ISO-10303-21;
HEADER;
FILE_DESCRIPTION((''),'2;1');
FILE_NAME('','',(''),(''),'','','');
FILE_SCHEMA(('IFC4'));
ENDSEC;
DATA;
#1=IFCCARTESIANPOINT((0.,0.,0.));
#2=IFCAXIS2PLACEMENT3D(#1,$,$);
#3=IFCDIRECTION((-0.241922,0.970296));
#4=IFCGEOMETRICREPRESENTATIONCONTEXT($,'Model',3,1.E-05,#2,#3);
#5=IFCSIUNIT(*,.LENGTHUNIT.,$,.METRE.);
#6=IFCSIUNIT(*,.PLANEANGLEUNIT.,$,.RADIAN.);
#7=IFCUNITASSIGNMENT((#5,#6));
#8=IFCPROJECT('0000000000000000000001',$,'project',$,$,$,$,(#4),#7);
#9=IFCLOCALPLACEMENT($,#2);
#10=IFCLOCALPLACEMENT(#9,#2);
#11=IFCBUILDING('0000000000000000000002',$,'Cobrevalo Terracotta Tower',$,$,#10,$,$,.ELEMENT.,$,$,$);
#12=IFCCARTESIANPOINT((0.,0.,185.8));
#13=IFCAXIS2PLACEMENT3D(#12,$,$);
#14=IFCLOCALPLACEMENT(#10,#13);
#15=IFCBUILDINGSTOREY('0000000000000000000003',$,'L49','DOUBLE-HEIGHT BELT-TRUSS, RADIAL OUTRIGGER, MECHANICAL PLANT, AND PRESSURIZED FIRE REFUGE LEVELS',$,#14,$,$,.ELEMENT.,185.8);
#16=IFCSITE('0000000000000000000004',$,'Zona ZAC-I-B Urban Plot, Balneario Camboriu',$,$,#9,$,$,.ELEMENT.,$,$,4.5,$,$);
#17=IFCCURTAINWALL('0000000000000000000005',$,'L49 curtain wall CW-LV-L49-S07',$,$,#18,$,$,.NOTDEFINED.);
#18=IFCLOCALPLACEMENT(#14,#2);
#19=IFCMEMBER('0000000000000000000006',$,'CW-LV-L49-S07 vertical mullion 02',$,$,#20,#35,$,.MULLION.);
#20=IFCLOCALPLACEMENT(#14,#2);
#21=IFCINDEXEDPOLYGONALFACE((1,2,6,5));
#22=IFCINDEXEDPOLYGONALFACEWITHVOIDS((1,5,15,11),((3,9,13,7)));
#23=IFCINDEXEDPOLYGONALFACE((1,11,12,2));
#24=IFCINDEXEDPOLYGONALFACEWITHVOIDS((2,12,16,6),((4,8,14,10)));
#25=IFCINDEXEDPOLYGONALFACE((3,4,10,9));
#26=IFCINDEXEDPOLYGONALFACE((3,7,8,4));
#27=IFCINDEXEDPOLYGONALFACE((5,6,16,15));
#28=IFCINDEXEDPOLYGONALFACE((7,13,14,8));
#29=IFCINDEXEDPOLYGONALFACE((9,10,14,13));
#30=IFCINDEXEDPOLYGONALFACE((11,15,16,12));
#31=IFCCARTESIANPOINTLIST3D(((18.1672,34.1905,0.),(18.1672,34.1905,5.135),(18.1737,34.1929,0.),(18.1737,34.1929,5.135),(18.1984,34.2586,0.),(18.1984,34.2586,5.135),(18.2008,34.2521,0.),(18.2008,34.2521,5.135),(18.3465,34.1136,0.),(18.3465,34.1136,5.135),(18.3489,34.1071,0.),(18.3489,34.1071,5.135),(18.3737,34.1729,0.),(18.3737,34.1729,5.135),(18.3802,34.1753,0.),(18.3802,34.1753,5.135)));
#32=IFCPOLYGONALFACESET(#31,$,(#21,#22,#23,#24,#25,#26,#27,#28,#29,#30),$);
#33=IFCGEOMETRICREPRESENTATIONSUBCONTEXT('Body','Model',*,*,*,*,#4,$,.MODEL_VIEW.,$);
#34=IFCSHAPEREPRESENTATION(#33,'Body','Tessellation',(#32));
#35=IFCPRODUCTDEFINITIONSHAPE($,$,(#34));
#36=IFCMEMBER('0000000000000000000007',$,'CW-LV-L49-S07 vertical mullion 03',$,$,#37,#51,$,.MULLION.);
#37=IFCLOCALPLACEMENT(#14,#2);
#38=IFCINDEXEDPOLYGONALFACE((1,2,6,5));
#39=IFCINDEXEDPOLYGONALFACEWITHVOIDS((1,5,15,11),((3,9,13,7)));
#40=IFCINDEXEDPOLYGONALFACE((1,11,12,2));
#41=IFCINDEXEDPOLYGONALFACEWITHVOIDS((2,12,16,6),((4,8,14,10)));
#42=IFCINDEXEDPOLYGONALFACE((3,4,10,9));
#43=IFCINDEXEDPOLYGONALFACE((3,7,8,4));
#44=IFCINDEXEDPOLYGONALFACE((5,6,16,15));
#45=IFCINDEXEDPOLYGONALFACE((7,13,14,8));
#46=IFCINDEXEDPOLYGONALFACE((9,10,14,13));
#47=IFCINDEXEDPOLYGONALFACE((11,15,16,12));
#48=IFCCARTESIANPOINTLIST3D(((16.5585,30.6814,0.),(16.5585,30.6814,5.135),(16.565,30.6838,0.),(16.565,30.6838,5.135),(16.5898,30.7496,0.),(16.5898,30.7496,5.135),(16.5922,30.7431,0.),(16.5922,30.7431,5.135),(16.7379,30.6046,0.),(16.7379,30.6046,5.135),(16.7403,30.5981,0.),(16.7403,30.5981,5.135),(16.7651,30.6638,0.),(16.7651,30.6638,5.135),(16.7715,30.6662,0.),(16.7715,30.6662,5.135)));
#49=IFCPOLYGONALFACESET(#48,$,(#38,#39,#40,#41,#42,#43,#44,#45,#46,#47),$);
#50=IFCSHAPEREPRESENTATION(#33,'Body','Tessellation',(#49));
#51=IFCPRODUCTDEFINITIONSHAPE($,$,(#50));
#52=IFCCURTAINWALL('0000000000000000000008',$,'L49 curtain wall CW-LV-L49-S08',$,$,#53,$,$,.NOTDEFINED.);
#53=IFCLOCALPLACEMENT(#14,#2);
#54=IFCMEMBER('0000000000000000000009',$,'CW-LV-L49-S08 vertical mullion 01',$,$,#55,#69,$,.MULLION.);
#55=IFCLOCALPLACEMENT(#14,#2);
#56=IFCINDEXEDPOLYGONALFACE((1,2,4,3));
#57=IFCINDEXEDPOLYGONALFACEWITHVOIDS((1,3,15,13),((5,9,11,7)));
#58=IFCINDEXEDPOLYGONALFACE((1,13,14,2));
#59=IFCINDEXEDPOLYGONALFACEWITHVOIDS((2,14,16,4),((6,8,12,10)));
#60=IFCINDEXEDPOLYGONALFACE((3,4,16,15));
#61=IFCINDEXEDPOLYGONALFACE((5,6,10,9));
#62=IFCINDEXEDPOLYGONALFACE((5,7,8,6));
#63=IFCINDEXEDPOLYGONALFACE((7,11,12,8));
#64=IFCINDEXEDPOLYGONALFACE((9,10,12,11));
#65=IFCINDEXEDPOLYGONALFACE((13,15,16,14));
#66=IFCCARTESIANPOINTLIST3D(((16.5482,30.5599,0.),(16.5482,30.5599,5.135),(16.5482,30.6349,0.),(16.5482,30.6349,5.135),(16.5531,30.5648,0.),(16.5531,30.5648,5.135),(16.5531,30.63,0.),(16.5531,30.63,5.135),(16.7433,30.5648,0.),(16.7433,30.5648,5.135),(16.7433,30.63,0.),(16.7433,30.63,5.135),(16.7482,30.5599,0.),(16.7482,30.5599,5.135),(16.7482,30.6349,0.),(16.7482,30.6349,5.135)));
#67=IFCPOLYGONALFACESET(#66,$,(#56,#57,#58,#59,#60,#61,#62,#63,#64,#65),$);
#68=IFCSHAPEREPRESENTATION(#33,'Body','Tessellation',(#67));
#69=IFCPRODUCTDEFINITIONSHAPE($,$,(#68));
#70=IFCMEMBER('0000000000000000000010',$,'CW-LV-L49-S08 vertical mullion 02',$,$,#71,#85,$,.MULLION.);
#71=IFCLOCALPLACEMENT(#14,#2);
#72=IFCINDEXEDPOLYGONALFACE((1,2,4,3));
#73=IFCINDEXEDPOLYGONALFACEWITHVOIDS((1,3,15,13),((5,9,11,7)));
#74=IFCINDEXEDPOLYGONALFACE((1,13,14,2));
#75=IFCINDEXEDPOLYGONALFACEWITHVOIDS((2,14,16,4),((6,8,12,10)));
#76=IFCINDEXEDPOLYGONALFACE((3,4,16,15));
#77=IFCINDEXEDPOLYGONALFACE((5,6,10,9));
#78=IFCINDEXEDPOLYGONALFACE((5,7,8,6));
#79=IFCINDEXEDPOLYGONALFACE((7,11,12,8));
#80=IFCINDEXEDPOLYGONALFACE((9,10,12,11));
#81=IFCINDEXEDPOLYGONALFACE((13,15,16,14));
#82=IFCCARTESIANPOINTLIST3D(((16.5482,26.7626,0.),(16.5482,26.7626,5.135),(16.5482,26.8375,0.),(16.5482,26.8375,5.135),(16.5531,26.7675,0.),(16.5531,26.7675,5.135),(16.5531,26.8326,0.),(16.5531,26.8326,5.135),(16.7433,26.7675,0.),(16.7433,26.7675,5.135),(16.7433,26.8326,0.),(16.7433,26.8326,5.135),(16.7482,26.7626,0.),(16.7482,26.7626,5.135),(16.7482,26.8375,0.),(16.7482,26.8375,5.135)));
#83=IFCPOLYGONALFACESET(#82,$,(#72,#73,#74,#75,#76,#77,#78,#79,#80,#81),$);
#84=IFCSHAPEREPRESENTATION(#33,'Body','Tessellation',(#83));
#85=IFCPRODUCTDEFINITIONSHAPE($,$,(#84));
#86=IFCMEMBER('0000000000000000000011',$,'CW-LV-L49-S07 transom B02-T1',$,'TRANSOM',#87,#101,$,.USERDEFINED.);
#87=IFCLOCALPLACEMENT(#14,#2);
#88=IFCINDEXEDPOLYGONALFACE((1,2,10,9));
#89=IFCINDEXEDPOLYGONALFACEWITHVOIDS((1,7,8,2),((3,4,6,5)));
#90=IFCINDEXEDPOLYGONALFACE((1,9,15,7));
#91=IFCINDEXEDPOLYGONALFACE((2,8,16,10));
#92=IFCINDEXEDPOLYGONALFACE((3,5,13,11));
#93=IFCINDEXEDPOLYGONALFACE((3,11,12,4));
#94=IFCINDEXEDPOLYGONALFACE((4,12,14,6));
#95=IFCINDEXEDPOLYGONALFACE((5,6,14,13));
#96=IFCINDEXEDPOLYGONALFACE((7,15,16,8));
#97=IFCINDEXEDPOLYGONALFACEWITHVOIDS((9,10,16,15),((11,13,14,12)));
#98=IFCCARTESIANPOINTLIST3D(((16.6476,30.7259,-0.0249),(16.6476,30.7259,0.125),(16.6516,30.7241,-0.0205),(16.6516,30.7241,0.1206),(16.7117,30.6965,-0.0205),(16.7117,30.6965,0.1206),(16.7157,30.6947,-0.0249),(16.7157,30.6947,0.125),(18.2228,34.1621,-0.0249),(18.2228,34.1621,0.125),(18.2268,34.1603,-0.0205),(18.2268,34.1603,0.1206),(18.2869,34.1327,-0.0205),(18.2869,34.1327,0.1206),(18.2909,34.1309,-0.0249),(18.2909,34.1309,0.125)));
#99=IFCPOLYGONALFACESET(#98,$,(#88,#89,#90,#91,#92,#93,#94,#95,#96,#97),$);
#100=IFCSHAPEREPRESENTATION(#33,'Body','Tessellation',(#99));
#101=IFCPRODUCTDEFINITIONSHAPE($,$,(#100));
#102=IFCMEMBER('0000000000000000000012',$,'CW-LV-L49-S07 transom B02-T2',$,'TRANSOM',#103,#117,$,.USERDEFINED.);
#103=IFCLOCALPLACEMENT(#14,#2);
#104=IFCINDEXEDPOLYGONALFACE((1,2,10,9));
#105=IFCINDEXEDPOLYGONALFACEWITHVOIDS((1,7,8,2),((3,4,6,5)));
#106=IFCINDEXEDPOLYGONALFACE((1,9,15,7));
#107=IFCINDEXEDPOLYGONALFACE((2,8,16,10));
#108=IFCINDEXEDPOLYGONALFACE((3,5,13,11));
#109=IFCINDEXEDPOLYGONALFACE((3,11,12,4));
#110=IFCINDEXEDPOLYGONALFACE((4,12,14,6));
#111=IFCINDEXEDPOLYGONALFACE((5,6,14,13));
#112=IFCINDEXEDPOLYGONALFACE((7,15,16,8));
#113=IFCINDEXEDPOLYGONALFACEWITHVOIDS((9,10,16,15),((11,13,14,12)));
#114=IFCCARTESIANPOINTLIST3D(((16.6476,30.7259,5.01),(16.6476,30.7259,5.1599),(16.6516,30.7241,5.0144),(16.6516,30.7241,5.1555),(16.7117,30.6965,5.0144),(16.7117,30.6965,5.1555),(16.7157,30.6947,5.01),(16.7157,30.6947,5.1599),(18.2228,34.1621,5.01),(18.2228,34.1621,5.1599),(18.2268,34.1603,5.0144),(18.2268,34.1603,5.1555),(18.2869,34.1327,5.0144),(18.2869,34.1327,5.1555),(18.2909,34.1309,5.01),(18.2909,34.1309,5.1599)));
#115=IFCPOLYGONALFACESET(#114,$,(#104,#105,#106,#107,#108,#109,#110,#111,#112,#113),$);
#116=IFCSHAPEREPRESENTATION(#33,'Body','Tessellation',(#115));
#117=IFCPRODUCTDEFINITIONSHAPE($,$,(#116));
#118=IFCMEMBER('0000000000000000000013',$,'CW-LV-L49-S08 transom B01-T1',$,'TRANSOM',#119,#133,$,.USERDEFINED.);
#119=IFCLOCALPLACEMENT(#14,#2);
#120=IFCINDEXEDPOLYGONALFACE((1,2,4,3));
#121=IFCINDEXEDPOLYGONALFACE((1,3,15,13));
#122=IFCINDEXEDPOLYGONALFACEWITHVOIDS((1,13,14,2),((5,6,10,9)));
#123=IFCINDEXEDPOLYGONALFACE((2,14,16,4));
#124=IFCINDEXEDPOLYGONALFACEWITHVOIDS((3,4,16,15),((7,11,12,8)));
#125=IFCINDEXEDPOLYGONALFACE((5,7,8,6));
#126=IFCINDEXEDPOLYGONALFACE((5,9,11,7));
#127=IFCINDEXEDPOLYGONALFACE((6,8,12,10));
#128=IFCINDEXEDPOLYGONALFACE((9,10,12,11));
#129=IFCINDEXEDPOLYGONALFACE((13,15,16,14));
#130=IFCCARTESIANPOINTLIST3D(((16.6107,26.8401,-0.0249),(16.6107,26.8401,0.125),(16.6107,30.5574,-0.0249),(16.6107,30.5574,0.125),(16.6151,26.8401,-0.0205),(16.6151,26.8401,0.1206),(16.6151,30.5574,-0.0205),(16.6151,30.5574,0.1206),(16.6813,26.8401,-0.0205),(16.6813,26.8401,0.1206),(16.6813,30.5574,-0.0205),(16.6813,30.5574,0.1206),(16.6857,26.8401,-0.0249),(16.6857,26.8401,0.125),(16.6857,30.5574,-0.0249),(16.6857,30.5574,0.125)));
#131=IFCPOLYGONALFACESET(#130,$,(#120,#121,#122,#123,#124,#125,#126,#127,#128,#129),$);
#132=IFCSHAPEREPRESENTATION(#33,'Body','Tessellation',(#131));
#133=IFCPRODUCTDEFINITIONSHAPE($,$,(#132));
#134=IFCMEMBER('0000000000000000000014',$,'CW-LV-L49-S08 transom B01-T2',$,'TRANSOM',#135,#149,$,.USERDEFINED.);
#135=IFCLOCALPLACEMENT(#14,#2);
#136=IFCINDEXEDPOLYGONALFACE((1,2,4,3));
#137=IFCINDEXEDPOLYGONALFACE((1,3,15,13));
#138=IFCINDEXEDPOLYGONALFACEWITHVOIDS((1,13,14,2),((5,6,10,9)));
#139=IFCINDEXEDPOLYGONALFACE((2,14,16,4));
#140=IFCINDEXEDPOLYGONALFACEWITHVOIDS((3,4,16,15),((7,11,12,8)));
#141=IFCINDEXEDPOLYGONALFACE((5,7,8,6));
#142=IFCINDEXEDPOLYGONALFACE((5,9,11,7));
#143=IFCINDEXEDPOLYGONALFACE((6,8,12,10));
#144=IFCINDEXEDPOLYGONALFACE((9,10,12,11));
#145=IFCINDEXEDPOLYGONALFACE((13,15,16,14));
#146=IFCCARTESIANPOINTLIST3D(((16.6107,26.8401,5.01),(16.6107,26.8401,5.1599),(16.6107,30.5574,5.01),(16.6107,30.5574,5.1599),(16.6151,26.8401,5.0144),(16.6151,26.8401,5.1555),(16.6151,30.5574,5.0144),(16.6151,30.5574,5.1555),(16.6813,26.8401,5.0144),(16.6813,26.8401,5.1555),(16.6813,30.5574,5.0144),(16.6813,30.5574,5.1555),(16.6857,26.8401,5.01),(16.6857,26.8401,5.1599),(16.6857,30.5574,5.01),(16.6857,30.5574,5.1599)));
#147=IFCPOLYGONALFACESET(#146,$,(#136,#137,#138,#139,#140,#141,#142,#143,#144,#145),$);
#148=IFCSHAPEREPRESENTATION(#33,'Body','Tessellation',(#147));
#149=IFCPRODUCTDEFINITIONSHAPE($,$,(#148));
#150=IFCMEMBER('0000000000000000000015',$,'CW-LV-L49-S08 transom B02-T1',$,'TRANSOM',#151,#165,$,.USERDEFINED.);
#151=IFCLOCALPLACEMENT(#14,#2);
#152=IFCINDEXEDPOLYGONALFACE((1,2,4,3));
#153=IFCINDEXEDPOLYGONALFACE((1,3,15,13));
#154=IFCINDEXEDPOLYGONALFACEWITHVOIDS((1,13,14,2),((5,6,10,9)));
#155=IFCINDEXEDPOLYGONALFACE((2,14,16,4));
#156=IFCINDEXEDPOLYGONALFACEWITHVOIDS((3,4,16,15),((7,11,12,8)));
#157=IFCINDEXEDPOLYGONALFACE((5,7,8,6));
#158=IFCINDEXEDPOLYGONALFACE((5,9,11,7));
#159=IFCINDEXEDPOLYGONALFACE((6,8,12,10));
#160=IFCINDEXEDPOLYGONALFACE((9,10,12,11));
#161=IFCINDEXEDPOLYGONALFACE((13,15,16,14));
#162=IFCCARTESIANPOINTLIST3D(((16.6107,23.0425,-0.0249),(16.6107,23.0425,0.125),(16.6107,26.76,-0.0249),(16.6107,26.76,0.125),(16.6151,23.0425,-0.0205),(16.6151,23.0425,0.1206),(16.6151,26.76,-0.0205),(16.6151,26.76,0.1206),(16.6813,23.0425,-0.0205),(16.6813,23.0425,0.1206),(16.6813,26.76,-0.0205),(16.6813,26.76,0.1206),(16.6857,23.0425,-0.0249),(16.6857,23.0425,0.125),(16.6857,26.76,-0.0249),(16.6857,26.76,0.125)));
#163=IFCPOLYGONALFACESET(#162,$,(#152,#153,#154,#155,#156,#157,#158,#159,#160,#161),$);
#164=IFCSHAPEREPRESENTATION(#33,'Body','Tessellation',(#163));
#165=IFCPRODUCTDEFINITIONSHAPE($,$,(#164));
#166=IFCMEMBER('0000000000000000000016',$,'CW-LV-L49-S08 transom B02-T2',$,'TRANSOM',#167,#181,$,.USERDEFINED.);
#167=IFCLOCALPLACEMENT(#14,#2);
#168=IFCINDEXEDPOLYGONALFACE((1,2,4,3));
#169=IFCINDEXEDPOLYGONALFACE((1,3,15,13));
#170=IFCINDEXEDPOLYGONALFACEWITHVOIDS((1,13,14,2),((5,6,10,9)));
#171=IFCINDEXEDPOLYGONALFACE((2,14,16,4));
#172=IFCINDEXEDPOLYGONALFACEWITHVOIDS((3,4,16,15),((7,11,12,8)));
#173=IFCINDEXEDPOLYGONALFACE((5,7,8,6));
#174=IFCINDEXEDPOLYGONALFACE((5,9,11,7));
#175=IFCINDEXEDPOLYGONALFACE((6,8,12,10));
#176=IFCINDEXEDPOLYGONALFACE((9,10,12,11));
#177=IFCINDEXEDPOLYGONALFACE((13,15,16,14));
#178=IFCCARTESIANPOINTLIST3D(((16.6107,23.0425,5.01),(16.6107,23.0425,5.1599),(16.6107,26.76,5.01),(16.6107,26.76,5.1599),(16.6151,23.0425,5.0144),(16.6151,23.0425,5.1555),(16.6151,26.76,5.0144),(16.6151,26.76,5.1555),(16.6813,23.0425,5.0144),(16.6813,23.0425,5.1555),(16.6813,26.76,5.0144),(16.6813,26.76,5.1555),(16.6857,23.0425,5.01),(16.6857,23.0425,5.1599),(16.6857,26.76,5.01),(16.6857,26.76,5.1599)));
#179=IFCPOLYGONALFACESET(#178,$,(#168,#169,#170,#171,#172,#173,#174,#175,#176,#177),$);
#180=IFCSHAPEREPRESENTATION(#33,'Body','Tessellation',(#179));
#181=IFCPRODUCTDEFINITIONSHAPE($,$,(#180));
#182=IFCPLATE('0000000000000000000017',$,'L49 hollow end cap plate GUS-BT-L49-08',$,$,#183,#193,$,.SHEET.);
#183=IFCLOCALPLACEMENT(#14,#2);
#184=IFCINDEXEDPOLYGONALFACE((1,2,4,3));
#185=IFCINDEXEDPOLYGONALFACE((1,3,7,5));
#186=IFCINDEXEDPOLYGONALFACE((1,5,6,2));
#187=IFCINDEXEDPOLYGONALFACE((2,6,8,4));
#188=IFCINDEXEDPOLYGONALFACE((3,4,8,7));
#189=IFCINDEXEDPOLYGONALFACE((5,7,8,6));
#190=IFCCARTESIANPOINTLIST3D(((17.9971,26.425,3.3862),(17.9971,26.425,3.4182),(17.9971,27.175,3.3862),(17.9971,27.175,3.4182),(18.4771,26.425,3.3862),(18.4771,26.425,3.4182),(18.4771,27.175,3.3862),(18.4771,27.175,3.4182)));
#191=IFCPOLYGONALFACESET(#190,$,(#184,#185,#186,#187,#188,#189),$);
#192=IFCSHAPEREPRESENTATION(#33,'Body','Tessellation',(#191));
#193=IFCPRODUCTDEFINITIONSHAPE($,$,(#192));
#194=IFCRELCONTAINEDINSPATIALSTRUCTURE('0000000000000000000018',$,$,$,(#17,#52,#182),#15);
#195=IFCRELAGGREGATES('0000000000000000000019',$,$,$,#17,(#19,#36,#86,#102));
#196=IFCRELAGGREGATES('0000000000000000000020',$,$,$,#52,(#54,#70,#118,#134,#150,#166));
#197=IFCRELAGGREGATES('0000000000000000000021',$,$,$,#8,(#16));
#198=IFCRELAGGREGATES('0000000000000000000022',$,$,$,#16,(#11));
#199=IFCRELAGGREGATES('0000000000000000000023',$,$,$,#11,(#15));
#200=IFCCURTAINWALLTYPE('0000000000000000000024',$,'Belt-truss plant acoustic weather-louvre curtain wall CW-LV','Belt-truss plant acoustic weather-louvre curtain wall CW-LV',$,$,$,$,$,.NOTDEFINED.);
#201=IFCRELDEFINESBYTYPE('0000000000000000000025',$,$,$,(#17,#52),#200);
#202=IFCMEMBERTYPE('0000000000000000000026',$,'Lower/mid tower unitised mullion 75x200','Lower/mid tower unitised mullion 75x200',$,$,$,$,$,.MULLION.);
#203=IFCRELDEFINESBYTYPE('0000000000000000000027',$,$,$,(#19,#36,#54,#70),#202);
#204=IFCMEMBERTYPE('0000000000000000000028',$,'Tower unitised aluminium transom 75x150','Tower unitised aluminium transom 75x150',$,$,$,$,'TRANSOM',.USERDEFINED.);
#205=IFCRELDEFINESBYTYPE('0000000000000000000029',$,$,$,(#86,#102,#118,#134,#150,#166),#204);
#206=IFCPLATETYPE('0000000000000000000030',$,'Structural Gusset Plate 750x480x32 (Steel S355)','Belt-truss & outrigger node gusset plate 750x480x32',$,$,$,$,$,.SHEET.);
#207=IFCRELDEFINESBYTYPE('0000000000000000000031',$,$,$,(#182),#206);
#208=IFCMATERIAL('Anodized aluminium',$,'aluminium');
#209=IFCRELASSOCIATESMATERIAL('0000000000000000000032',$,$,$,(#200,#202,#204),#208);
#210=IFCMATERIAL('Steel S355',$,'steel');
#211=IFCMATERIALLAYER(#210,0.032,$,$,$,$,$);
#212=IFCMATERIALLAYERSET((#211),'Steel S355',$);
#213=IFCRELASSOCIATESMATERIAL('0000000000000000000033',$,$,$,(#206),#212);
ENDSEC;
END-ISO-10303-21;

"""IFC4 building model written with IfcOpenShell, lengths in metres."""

from ifc_helpers import new_model, si_unit, direction, frame, origin, origin_2d, place, context, subcontext, project, spatial, rectangle, hollow_rectangle, extrude, source, transform, mapped, material, layer, layer_set, material_profile, profile_set, type_object, element, aggregate, save


model = new_model("IFC4")

# Units and contexts
model_context = context("Model", 3, precision=1e-05, world=origin(), true_north=direction((-0.241922, 0.970296)))
body_context = subcontext(model_context, "Body", "Model", "MODEL_VIEW")
ifc_project = project(units=[si_unit("LENGTHUNIT", "METRE"), si_unit("PLANEANGLEUNIT", "RADIAN")], contexts=[model_context])

# Site, building, storey
site_placement = place(None, origin())
site = spatial("IfcSite", under=ifc_project, at=site_placement, Name="Zona ZAC-I-B Urban Plot, Balneario Camboriu", CompositionType="ELEMENT", RefElevation=4.5)
building_placement = place(site_placement, origin())
building = spatial("IfcBuilding", under=site, at=building_placement, Name="Cobrevalo Terracotta Tower", CompositionType="ELEMENT")
storey_placement = place(building_placement, frame((0.0, 0.0, 185.8)))
storey = spatial("IfcBuildingStorey", under=building, at=storey_placement, Name="L49", Description="DOUBLE-HEIGHT BELT-TRUSS, RADIAL OUTRIGGER, MECHANICAL PLANT, AND PRESSURIZED FIRE REFUGE LEVELS", CompositionType="ELEMENT", Elevation=185.8)

# Shared definitions
ifc_material_1 = material(Name="Steel S355", Category="steel")

# Curtain walls, members
ifc_material_2 = material(Name="Anodized aluminium", Category="aluminium")
curtain_wall_type = type_object("IfcCurtainWallType", Name="Belt-truss plant acoustic weather-louvre curtain wall CW-LV", Description="Belt-truss plant acoustic weather-louvre curtain wall CW-LV", PredefinedType="NOTDEFINED", material=ifc_material_2)
curtain_wall_1_placement = place(storey_placement, origin())
curtain_wall_1 = element("IfcCurtainWall", 1, at=curtain_wall_1_placement, inside=storey, type_object=curtain_wall_type, Name="L49 curtain wall CW-LV-L49-S07", PredefinedType="NOTDEFINED")
ifc_material_profile_1 = material_profile(ifc_material_2, hollow_rectangle(XDim=0.075, YDim=0.2, WallThickness=0.0049, at=origin_2d()), Name="CWM 75x200")
ifc_profile_set_1 = profile_set([ifc_material_profile_1], Name="Anodized aluminium")
member_type_1 = type_object("IfcMemberType", Name="Lower/mid tower unitised mullion 75x200", Description="Lower/mid tower unitised mullion 75x200", PredefinedType="MULLION", material=ifc_profile_set_1)
shared_shape_1 = source(origin(), body_context, "Body", "SweptSolid", [
    extrude(hollow_rectangle(XDim=0.075, YDim=0.2, WallThickness=0.0049, at=origin_2d()), origin(), (0.0, 0.0, 1.0), 5.135),
])
member_1_placement = place(storey_placement, frame((18.2737, 34.1829, 0.0), z_axis=(0.0, 0.0, 1.0), x_axis=(-0.416725, -0.909033, 0.0)))
member_1 = element("IfcMember", 2, at=member_1_placement, type_object=member_type_1, Name="CW-LV-L49-S07 vertical mullion 02", PredefinedType="MULLION", context=body_context, shape_type="MappedRepresentation", body=[
    mapped(shared_shape_1, transform((0.0, 0.0, 0.0), scale=1.0)),
])
member_2_placement = place(storey_placement, frame((16.665, 30.6738, 0.0), z_axis=(0.0, 0.0, 1.0), x_axis=(-0.416725, -0.909033, 0.0)))
member_2 = element("IfcMember", 3, at=member_2_placement, type_object=member_type_1, Name="CW-LV-L49-S07 vertical mullion 03", PredefinedType="MULLION", context=body_context, shape_type="MappedRepresentation", body=[
    mapped(shared_shape_1, transform((0.0, 0.0, 0.0), scale=1.0)),
])
curtain_wall_2_placement = place(storey_placement, origin())
curtain_wall_2 = element("IfcCurtainWall", 4, at=curtain_wall_2_placement, inside=storey, type_object=curtain_wall_type, Name="L49 curtain wall CW-LV-L49-S08", PredefinedType="NOTDEFINED")
member_3_placement = place(storey_placement, frame((16.6482, 30.5974, 0.0), z_axis=(0.0, 0.0, 1.0), x_axis=(0.0, -1.0, 0.0)))
member_3 = element("IfcMember", 5, at=member_3_placement, type_object=member_type_1, Name="CW-LV-L49-S08 vertical mullion 01", PredefinedType="MULLION", context=body_context, shape_type="MappedRepresentation", body=[
    mapped(shared_shape_1, transform((0.0, 0.0, 0.0), scale=1.0)),
])
member_4_placement = place(storey_placement, frame((16.6482, 26.8, 0.0), z_axis=(0.0, 0.0, 1.0), x_axis=(0.0, -1.0, 0.0)))
member_4 = element("IfcMember", 6, at=member_4_placement, type_object=member_type_1, Name="CW-LV-L49-S08 vertical mullion 02", PredefinedType="MULLION", context=body_context, shape_type="MappedRepresentation", body=[
    mapped(shared_shape_1, transform((0.0, 0.0, 0.0), scale=1.0)),
])

# Members
ifc_material_profile_2 = material_profile(ifc_material_2, hollow_rectangle(XDim=0.075, YDim=0.1499, WallThickness=0.0044, at=origin_2d()), Name="CWT 75x150")
ifc_profile_set_2 = profile_set([ifc_material_profile_2], Name="Anodized aluminium")
member_type_2 = type_object("IfcMemberType", Name="Tower unitised aluminium transom 75x150", Description="Tower unitised aluminium transom 75x150", ElementType="TRANSOM", PredefinedType="USERDEFINED", material=ifc_profile_set_2)
shared_shape_2 = source(origin(), body_context, "Body", "SweptSolid", [
    extrude(hollow_rectangle(XDim=0.075, YDim=0.1499, WallThickness=0.0044, at=origin_2d()), origin(), (0.0, 0.0, 1.0), 3.78),
])
member_5_placement = place(storey_placement, frame((18.2568, 34.1465, 0.05), z_axis=(-0.416706, -0.909041, 0.0), x_axis=(0.909041, -0.416706, 0.0)))
member_5 = element("IfcMember", 7, at=member_5_placement, type_object=member_type_2, Name="CW-LV-L49-S07 transom B02-T1", ObjectType="TRANSOM", PredefinedType="USERDEFINED", context=body_context, shape_type="MappedRepresentation", body=[
    mapped(shared_shape_2, transform((0.0, 0.0, 0.0), scale=1.0)),
])
member_6_placement = place(storey_placement, frame((18.2568, 34.1465, 5.085), z_axis=(-0.416706, -0.909041, 0.0), x_axis=(0.909041, -0.416706, 0.0)))
member_6 = element("IfcMember", 8, at=member_6_placement, type_object=member_type_2, Name="CW-LV-L49-S07 transom B02-T2", ObjectType="TRANSOM", PredefinedType="USERDEFINED", context=body_context, shape_type="MappedRepresentation", body=[
    mapped(shared_shape_2, transform((0.0, 0.0, 0.0), scale=1.0)),
])
shared_shape_3 = source(origin(), body_context, "Body", "SweptSolid", [
    extrude(hollow_rectangle(XDim=0.075, YDim=0.1499, WallThickness=0.0044, at=origin_2d()), origin(), (0.0, 0.0, 1.0), 3.7173),
])
member_7_placement = place(storey_placement, frame((16.6482, 30.5574, 0.05), z_axis=(0.0, -1.0, 0.0), x_axis=(1.0, 0.0, 0.0)))
member_7 = element("IfcMember", 9, at=member_7_placement, type_object=member_type_2, Name="CW-LV-L49-S08 transom B01-T1", ObjectType="TRANSOM", PredefinedType="USERDEFINED", context=body_context, shape_type="MappedRepresentation", body=[
    mapped(shared_shape_3, transform((0.0, 0.0, 0.0), scale=1.0)),
])
member_8_placement = place(storey_placement, frame((16.6482, 30.5574, 5.085), z_axis=(0.0, -1.0, 0.0), x_axis=(1.0, 0.0, 0.0)))
member_8 = element("IfcMember", 10, at=member_8_placement, type_object=member_type_2, Name="CW-LV-L49-S08 transom B01-T2", ObjectType="TRANSOM", PredefinedType="USERDEFINED", context=body_context, shape_type="MappedRepresentation", body=[
    mapped(shared_shape_3, transform((0.0, 0.0, 0.0), scale=1.0)),
])
shared_shape_4 = source(origin(), body_context, "Body", "SweptSolid", [
    extrude(hollow_rectangle(XDim=0.075, YDim=0.1499, WallThickness=0.0044, at=origin_2d()), origin(), (0.0, 0.0, 1.0), 3.7175),
])
member_9_placement = place(storey_placement, frame((16.6482, 26.76, 0.05), z_axis=(0.0, -1.0, 0.0), x_axis=(1.0, 0.0, 0.0)))
member_9 = element("IfcMember", 11, at=member_9_placement, type_object=member_type_2, Name="CW-LV-L49-S08 transom B02-T1", ObjectType="TRANSOM", PredefinedType="USERDEFINED", context=body_context, shape_type="MappedRepresentation", body=[
    mapped(shared_shape_4, transform((0.0, 0.0, 0.0), scale=1.0)),
])
member_10_placement = place(storey_placement, frame((16.6482, 26.76, 5.085), z_axis=(0.0, -1.0, 0.0), x_axis=(1.0, 0.0, 0.0)))
member_10 = element("IfcMember", 12, at=member_10_placement, type_object=member_type_2, Name="CW-LV-L49-S08 transom B02-T2", ObjectType="TRANSOM", PredefinedType="USERDEFINED", context=body_context, shape_type="MappedRepresentation", body=[
    mapped(shared_shape_4, transform((0.0, 0.0, 0.0), scale=1.0)),
])

# Plate
ifc_layer_1 = layer(ifc_material_1, 0.032)
ifc_layer_set_1 = layer_set([ifc_layer_1], Name="Steel S355")
plate_type_1 = type_object("IfcPlateType", Name="Structural Gusset Plate 750x480x32 (Steel S355)", Description="Belt-truss & outrigger node gusset plate 750x480x32", PredefinedType="SHEET", material=ifc_layer_set_1)
shared_shape_5 = source(origin(), body_context, "Body", "SweptSolid", [
    extrude(rectangle(XDim=0.75, YDim=0.48, at=origin_2d()), origin(), (0.0, 0.0, 1.0), 0.032),
])
plate_1_placement = place(storey_placement, frame((18.2371, 26.8, 3.3862), z_axis=(0.0, 0.0, 1.0), x_axis=(0.0, -1.0, 0.0)))
element("IfcPlate", 13, at=plate_1_placement, inside=storey, type_object=plate_type_1, Name="L49 hollow end cap plate GUS-BT-L49-08", PredefinedType="SHEET", context=body_context, shape_type="MappedRepresentation", body=[
    mapped(shared_shape_5, transform((0.0, 0.0, 0.0), scale=1.0)),
])

aggregate(curtain_wall_1, [member_1, member_2, member_5, member_6])
aggregate(curtain_wall_2, [member_3, member_4, member_7, member_8, member_9, member_10])

save(model, "model.ifc")
